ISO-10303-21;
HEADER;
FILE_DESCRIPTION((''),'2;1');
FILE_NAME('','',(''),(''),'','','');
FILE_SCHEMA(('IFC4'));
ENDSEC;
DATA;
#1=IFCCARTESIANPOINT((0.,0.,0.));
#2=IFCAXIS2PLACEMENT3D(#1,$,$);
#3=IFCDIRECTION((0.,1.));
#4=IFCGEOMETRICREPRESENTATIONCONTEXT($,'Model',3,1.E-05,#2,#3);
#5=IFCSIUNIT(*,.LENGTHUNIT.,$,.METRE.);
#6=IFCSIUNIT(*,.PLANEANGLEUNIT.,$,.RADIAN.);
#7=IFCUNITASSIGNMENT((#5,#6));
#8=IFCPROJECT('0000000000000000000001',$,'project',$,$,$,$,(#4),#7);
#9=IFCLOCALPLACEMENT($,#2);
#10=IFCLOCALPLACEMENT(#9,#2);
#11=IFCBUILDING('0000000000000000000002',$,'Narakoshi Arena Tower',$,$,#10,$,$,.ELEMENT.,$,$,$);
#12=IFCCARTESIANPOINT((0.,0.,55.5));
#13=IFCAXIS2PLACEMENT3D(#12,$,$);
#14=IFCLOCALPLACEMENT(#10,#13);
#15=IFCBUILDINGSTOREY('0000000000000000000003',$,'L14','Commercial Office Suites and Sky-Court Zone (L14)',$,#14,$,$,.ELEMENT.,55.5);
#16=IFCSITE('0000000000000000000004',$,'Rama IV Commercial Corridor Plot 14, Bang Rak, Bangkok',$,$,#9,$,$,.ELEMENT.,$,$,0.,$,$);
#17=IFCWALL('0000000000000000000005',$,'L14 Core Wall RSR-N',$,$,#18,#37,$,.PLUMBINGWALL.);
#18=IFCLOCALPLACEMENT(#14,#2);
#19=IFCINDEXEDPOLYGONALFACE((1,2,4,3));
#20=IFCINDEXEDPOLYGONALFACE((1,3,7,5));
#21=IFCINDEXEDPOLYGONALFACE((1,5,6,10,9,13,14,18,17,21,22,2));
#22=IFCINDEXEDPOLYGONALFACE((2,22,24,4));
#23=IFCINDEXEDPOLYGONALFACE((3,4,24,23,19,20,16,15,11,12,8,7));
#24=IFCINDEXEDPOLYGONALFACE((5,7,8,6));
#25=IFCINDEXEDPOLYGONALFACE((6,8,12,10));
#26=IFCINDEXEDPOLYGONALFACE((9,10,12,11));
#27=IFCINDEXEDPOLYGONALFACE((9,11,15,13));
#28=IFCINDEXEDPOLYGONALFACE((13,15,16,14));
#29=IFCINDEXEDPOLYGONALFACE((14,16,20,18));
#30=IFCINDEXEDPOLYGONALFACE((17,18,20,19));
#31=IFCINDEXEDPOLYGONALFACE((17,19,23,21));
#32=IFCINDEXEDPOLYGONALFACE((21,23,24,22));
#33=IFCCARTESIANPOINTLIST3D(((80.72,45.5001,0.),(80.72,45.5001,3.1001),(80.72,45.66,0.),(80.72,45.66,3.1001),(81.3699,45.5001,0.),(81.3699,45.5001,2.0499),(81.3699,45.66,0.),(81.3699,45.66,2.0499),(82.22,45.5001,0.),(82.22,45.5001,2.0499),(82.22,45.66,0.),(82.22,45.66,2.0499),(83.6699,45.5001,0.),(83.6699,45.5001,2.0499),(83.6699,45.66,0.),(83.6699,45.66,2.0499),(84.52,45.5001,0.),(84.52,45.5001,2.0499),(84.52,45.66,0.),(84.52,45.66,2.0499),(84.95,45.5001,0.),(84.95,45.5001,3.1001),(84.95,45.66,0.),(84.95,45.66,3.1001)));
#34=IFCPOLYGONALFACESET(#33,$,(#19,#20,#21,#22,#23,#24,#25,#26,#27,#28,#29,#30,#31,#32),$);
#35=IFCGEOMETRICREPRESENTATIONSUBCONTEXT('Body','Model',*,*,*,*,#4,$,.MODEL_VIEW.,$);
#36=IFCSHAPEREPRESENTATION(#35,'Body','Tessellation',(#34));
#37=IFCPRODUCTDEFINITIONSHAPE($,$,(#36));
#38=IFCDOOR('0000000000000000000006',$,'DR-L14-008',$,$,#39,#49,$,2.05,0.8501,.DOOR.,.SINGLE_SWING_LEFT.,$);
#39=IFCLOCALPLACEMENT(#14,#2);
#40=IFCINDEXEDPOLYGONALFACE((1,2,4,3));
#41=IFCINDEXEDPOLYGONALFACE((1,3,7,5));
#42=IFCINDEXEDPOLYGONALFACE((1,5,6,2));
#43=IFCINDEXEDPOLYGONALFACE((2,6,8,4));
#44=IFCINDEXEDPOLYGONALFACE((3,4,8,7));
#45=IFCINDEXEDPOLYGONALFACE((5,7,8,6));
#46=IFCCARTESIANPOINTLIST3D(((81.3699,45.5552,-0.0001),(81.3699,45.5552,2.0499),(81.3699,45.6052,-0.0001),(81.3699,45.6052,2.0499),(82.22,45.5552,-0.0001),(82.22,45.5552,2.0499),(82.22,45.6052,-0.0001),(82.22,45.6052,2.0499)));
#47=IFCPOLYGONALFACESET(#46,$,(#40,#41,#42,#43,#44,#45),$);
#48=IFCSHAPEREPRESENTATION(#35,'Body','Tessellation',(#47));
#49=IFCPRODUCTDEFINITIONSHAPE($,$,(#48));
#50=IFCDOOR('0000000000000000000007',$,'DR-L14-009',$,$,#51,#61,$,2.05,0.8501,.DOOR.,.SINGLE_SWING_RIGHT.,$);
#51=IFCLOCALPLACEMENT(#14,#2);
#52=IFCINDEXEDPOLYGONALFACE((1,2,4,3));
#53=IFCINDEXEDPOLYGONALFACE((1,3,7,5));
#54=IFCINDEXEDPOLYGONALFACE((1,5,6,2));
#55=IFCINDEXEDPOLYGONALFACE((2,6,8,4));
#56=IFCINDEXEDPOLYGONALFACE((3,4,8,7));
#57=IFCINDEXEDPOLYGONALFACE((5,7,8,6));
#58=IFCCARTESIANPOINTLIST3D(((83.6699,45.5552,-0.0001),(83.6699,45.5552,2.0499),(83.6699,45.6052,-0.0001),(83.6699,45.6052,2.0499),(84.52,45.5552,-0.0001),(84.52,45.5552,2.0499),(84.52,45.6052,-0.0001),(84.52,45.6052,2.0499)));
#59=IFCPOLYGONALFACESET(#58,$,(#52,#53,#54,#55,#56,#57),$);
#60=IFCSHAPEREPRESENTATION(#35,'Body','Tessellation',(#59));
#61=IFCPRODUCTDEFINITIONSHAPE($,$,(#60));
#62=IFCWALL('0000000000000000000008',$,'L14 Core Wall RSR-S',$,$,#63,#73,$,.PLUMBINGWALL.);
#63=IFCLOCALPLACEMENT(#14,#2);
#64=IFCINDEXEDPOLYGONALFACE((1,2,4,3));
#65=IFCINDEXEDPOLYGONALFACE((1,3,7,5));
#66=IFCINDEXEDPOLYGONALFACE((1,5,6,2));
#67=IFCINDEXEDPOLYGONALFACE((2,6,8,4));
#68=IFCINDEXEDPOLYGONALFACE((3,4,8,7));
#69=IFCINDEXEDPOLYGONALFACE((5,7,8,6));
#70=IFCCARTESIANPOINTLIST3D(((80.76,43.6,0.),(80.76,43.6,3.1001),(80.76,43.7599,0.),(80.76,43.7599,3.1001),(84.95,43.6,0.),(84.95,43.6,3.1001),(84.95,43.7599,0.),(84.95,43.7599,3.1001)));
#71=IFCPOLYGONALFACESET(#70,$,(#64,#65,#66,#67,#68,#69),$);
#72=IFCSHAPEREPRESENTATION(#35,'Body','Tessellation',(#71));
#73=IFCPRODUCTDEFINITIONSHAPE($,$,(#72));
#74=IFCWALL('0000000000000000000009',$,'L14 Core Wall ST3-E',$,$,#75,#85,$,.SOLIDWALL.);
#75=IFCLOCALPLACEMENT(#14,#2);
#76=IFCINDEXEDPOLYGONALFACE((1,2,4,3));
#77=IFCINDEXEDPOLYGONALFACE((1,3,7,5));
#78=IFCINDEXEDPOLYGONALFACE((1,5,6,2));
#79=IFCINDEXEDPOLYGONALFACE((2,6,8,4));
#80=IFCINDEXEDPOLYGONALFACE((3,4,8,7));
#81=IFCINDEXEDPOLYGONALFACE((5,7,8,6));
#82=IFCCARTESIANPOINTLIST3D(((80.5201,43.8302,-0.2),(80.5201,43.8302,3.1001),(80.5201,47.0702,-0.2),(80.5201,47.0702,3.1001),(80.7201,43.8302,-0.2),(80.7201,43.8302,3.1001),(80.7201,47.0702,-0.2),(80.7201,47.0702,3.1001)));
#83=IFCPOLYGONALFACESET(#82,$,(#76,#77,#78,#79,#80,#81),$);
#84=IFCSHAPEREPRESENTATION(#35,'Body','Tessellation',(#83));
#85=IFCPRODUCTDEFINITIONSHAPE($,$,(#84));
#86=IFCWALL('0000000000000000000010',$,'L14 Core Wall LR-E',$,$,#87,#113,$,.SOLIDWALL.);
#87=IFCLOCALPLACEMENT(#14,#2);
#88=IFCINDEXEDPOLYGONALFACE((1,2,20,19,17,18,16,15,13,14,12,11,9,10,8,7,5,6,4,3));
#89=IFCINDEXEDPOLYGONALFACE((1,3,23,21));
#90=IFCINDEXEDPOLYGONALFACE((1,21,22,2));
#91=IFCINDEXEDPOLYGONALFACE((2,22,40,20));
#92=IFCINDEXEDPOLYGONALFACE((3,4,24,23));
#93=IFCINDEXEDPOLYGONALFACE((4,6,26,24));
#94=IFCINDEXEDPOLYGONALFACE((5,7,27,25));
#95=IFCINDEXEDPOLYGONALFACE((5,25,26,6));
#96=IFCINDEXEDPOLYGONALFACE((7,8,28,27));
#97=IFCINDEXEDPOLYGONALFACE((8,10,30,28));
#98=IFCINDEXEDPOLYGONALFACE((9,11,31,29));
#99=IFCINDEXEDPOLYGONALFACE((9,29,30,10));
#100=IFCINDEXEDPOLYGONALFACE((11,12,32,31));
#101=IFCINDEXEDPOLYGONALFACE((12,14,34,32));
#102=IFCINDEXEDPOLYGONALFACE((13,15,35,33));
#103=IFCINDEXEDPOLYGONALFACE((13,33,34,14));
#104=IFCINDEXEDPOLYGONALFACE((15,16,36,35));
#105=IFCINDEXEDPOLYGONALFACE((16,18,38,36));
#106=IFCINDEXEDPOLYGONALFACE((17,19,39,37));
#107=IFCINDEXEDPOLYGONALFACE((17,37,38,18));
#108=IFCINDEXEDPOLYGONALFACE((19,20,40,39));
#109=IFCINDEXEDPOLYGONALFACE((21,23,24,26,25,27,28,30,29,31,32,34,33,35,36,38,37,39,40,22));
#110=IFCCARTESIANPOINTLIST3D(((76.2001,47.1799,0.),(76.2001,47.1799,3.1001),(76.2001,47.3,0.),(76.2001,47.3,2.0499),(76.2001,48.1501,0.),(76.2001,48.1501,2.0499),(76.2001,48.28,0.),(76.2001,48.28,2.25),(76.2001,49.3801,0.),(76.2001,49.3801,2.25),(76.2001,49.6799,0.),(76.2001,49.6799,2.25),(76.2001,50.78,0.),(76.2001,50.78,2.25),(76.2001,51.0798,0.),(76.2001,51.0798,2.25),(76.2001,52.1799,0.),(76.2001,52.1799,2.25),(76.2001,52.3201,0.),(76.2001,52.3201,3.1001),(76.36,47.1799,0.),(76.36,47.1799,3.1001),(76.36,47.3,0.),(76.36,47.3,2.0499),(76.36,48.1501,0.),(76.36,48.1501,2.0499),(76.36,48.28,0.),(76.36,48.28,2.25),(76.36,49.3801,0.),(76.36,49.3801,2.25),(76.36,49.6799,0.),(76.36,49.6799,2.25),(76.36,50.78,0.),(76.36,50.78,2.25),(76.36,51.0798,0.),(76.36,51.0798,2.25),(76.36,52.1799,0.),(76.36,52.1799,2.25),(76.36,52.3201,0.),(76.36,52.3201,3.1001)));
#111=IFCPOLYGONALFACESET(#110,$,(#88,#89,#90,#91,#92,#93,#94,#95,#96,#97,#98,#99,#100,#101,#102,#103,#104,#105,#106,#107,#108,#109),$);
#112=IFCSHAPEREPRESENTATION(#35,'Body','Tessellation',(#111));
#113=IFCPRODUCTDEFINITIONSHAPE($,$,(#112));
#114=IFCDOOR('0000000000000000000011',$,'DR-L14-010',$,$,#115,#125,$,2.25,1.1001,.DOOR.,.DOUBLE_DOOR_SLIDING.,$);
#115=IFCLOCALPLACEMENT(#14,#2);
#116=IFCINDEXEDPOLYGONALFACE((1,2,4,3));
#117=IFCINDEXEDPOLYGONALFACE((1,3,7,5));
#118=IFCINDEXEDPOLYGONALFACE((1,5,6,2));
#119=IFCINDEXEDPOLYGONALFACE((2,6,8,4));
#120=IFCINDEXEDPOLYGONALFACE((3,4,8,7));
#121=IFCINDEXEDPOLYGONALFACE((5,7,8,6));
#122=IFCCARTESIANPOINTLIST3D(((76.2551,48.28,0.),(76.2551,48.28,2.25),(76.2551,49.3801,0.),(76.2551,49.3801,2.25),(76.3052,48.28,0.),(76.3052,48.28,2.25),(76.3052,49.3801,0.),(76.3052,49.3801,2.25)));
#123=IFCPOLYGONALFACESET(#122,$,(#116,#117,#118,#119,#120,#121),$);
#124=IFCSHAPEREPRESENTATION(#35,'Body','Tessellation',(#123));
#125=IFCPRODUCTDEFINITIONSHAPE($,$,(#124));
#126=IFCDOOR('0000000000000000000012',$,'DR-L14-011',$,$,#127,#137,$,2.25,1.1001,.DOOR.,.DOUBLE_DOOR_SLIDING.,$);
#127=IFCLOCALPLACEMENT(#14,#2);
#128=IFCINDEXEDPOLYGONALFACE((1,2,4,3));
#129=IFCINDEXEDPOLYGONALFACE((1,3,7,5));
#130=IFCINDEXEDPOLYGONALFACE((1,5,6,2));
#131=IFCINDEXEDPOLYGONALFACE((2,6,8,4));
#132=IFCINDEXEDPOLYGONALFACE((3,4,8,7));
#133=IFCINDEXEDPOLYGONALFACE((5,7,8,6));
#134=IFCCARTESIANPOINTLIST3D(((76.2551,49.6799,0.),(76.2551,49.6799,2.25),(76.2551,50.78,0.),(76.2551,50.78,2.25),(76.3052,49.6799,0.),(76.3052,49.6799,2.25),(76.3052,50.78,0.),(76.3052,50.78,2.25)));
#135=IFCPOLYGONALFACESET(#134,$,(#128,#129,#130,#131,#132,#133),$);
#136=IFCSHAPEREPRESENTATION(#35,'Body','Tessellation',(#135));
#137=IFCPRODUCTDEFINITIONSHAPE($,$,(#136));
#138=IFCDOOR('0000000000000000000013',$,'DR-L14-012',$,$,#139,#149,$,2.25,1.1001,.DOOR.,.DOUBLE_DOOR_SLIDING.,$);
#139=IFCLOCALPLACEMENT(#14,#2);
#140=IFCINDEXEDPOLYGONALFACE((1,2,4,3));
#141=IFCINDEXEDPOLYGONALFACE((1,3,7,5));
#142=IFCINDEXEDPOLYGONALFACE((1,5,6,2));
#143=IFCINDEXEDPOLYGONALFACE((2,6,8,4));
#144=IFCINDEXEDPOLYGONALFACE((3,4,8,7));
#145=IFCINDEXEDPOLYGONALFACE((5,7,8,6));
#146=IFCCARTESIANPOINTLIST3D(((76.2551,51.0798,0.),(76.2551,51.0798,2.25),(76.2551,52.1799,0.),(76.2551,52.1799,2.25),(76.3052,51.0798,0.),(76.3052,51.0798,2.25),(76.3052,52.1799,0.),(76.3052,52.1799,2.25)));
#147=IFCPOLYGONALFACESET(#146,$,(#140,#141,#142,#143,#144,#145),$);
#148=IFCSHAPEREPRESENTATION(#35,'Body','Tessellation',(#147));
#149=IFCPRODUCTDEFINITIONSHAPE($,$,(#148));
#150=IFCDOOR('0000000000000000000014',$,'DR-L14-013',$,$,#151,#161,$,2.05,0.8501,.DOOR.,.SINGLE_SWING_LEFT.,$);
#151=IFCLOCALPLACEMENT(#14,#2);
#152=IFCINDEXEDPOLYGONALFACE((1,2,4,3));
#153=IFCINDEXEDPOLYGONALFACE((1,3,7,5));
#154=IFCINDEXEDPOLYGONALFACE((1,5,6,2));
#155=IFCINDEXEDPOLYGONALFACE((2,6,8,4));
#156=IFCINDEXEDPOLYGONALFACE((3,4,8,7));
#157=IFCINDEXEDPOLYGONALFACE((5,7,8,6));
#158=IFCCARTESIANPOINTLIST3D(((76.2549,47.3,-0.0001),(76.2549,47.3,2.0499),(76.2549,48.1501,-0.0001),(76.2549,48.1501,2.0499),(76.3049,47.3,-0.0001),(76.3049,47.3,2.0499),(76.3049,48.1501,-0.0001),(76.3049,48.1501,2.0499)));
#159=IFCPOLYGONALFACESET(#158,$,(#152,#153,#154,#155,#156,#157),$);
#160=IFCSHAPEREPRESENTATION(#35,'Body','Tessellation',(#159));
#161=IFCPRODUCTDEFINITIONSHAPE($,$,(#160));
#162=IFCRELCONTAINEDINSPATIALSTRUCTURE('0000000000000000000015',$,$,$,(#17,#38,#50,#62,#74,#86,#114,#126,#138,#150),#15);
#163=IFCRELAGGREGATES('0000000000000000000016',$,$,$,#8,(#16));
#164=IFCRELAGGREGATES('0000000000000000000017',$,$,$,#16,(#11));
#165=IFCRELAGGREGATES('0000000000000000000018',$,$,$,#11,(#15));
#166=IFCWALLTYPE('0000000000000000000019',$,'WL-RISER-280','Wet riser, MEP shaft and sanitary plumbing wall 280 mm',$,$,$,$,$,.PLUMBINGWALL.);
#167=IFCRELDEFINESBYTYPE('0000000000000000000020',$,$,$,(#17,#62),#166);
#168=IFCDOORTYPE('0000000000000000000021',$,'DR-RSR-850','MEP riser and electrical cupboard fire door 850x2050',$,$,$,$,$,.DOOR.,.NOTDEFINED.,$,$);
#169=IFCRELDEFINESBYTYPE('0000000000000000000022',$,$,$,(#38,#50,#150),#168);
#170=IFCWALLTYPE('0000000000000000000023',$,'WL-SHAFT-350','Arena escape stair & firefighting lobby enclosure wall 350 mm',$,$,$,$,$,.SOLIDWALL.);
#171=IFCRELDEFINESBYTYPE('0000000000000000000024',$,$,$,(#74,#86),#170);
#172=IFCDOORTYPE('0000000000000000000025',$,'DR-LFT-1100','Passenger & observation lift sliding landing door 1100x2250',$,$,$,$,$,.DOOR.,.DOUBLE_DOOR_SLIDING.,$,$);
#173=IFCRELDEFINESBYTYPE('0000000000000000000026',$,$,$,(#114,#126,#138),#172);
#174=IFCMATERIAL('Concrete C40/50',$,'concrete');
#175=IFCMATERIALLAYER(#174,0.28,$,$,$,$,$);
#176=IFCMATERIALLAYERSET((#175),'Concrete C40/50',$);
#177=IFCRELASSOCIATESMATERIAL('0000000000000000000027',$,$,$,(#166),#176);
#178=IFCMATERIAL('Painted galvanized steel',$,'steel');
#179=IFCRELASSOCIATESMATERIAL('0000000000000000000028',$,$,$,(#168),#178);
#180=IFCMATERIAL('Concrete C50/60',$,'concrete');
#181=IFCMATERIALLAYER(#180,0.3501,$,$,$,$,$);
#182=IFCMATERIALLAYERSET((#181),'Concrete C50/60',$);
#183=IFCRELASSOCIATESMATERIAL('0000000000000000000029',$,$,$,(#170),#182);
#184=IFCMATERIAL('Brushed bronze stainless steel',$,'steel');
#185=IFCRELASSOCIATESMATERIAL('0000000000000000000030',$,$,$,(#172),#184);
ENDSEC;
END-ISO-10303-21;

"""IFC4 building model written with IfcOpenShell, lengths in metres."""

from ifc_helpers import new_model, si_unit, direction, frame, frame_2d, origin, place, context, subcontext, project, spatial, rectangle, extrude, material, layer, layer_set, type_object, element, fill, save


model = new_model("IFC4")

# Units and contexts
model_context = context("Model", 3, precision=1e-05, world=origin(), true_north=direction((0.0, 1.0)))
body_context = subcontext(model_context, "Body", "Model", "MODEL_VIEW")
ifc_project = project(units=[si_unit("LENGTHUNIT", "METRE"), si_unit("PLANEANGLEUNIT", "RADIAN")], contexts=[model_context])

# Site, building, storey
site_placement = place(None, origin())
site = spatial("IfcSite", under=ifc_project, at=site_placement, Name="Rama IV Commercial Corridor Plot 14, Bang Rak, Bangkok", CompositionType="ELEMENT", RefElevation=0.0)
building_placement = place(site_placement, origin())
building = spatial("IfcBuilding", under=site, at=building_placement, Name="Narakoshi Arena Tower", CompositionType="ELEMENT")
storey_placement = place(building_placement, frame((0.0, 0.0, 55.5)))
storey = spatial("IfcBuildingStorey", under=building, at=storey_placement, Name="L14", Description="Commercial Office Suites and Sky-Court Zone (L14)", CompositionType="ELEMENT", Elevation=55.5)

# Wall, openings, doors
ifc_material_1 = material(Name="Concrete C40/50", Category="concrete")
ifc_layer_1 = layer(ifc_material_1, 0.28)
ifc_layer_set_1 = layer_set([ifc_layer_1], Name="Concrete C40/50")
wall_type_1 = type_object("IfcWallType", Name="WL-RISER-280", Description="Wet riser, MEP shaft and sanitary plumbing wall 280 mm", PredefinedType="PLUMBINGWALL", material=ifc_layer_set_1)
wall_1_placement = place(storey_placement, frame((80.72, 45.5801, 0.0), z_axis=(0.0, 0.0, 1.0), x_axis=(1.0, 0.0, 0.0)))
wall_1 = element("IfcWall", 1, at=wall_1_placement, inside=storey, type_object=wall_type_1, Name="L14 Core Wall RSR-N", PredefinedType="PLUMBINGWALL", context=body_context, shape_type="SweptSolid", body=[
    extrude(rectangle(XDim=4.23, YDim=0.1599, at=frame_2d((2.115, 0.0))), origin(), (0.0, 0.0, 1.0), 3.1001),
])
opening_1_placement = place(wall_1_placement, frame((0.6499, 0.0, 0.0)))
opening_1 = element("IfcOpeningElement", 2, at=opening_1_placement, cuts=wall_1, PredefinedType="OPENING", context=body_context, shape_type="SweptSolid", body=[
    extrude(rectangle(XDim=0.8501, YDim=2.05, at=frame_2d((0.425, 1.0249))), frame((0.0, 0.0898, 0.0), z_axis=(0.0, -1.0, 0.0), x_axis=(1.0, 0.0, 0.0)), (0.0, 0.0, 1.0), 0.1799),
])
opening_2_placement = place(wall_1_placement, frame((2.95, 0.0, 0.0)))
opening_2 = element("IfcOpeningElement", 3, at=opening_2_placement, cuts=wall_1, PredefinedType="OPENING", context=body_context, shape_type="SweptSolid", body=[
    extrude(rectangle(XDim=0.8501, YDim=2.05, at=frame_2d((0.425, 1.0249))), frame((0.0, 0.0898, 0.0), z_axis=(0.0, -1.0, 0.0), x_axis=(1.0, 0.0, 0.0)), (0.0, 0.0, 1.0), 0.1799),
])
ifc_material_2 = material(Name="Painted galvanized steel", Category="steel")
door_type_1 = type_object("IfcDoorType", Name="DR-RSR-850", Description="MEP riser and electrical cupboard fire door 850x2050", OperationType="NOTDEFINED", PredefinedType="DOOR", material=ifc_material_2)
door_1_placement = place(opening_1_placement, frame((0.8501, 0.0, 0.0), z_axis=(0.0, 0.0, 1.0), x_axis=(-1.0, 0.0, 0.0)))
door_1 = element("IfcDoor", 4, at=door_1_placement, inside=storey, type_object=door_type_1, Name="DR-L14-008", OperationType="SINGLE_SWING_LEFT", OverallHeight=2.05, OverallWidth=0.8501, PredefinedType="DOOR", context=body_context, shape_type="SweptSolid", body=[
    extrude(rectangle(XDim=0.8501, YDim=2.05, at=frame_2d((0.425, 1.0249))), frame((0.0, 0.0249, 0.0), z_axis=(0.0, -1.0, 0.0), x_axis=(1.0, 0.0, 0.0)), (0.0, 0.0, 1.0), 0.05),
])
fill(opening_1, door_1)
door_2_placement = place(opening_2_placement, frame((0.8501, 0.0, 0.0), z_axis=(0.0, 0.0, 1.0), x_axis=(-1.0, 0.0, 0.0)))
door_2 = element("IfcDoor", 5, at=door_2_placement, inside=storey, type_object=door_type_1, Name="DR-L14-009", OperationType="SINGLE_SWING_RIGHT", OverallHeight=2.05, OverallWidth=0.8501, PredefinedType="DOOR", context=body_context, shape_type="SweptSolid", body=[
    extrude(rectangle(XDim=0.8501, YDim=2.05, at=frame_2d((0.425, 1.0249))), frame((0.0, 0.0249, 0.0), z_axis=(0.0, -1.0, 0.0), x_axis=(1.0, 0.0, 0.0)), (0.0, 0.0, 1.0), 0.05),
])
fill(opening_2, door_2)

# Walls
wall_2_placement = place(storey_placement, frame((80.76, 43.6799, 0.0), z_axis=(0.0, 0.0, 1.0), x_axis=(1.0, 0.0, 0.0)))
element("IfcWall", 6, at=wall_2_placement, inside=storey, type_object=wall_type_1, Name="L14 Core Wall RSR-S", PredefinedType="PLUMBINGWALL", context=body_context, shape_type="SweptSolid", body=[
    extrude(rectangle(XDim=4.1899, YDim=0.1599, at=frame_2d((2.095, 0.0))), origin(), (0.0, 0.0, 1.0), 3.1001),
])
ifc_material_3 = material(Name="Concrete C50/60", Category="concrete")
ifc_layer_2 = layer(ifc_material_3, 0.3501)
ifc_layer_set_2 = layer_set([ifc_layer_2], Name="Concrete C50/60")
wall_type_2 = type_object("IfcWallType", Name="WL-SHAFT-350", Description="Arena escape stair & firefighting lobby enclosure wall 350 mm", PredefinedType="SOLIDWALL", material=ifc_layer_set_2)
wall_3_placement = place(storey_placement, frame((80.6201, 43.8301, -0.2), z_axis=(0.0, 0.0, 1.0), x_axis=(0.0, 1.0, 0.0)))
element("IfcWall", 7, at=wall_3_placement, inside=storey, type_object=wall_type_2, Name="L14 Core Wall ST3-E", PredefinedType="SOLIDWALL", context=body_context, shape_type="SweptSolid", body=[
    extrude(rectangle(XDim=3.24, YDim=0.2, at=frame_2d((1.6201, 0.0))), origin(), (0.0, 0.0, 1.0), 3.3),
])

# Wall, openings, doors
wall_4_placement = place(storey_placement, frame((76.28, 47.1799, 0.0), z_axis=(0.0, 0.0, 1.0), x_axis=(0.0, 1.0, 0.0)))
wall_4 = element("IfcWall", 8, at=wall_4_placement, inside=storey, type_object=wall_type_2, Name="L14 Core Wall LR-E", PredefinedType="SOLIDWALL", context=body_context, shape_type="SweptSolid", body=[
    extrude(rectangle(XDim=5.1401, YDim=0.1599, at=frame_2d((2.5701, 0.0))), origin(), (0.0, 0.0, 1.0), 3.1001),
])
opening_3_placement = place(wall_4_placement, frame((1.1001, 0.0, 0.0)))
opening_3 = element("IfcOpeningElement", 9, at=opening_3_placement, cuts=wall_4, PredefinedType="OPENING", context=body_context, shape_type="SweptSolid", body=[
    extrude(rectangle(XDim=1.1001, YDim=2.25, at=frame_2d((0.55, 1.125))), frame((0.0, 0.0898, 0.0), z_axis=(0.0, -1.0, 0.0), x_axis=(1.0, 0.0, 0.0)), (0.0, 0.0, 1.0), 0.1799),
])
opening_4_placement = place(wall_4_placement, frame((2.5, 0.0, 0.0)))
opening_4 = element("IfcOpeningElement", 10, at=opening_4_placement, cuts=wall_4, PredefinedType="OPENING", context=body_context, shape_type="SweptSolid", body=[
    extrude(rectangle(XDim=1.1001, YDim=2.25, at=frame_2d((0.55, 1.125))), frame((0.0, 0.0898, 0.0), z_axis=(0.0, -1.0, 0.0), x_axis=(1.0, 0.0, 0.0)), (0.0, 0.0, 1.0), 0.1799),
])
opening_5_placement = place(wall_4_placement, frame((3.8999, 0.0, 0.0)))
opening_5 = element("IfcOpeningElement", 11, at=opening_5_placement, cuts=wall_4, PredefinedType="OPENING", context=body_context, shape_type="SweptSolid", body=[
    extrude(rectangle(XDim=1.1001, YDim=2.25, at=frame_2d((0.55, 1.125))), frame((0.0, 0.0898, 0.0), z_axis=(0.0, -1.0, 0.0), x_axis=(1.0, 0.0, 0.0)), (0.0, 0.0, 1.0), 0.1799),
])
opening_6_placement = place(wall_4_placement, frame((0.1201, 0.0, 0.0)))
opening_6 = element("IfcOpeningElement", 12, at=opening_6_placement, cuts=wall_4, PredefinedType="OPENING", context=body_context, shape_type="SweptSolid", body=[
    extrude(rectangle(XDim=0.8501, YDim=2.05, at=frame_2d((0.425, 1.0249))), frame((0.0, 0.0898, 0.0), z_axis=(0.0, -1.0, 0.0), x_axis=(1.0, 0.0, 0.0)), (0.0, 0.0, 1.0), 0.1799),
])
ifc_material_4 = material(Name="Brushed bronze stainless steel", Category="steel")
door_type_2 = type_object("IfcDoorType", Name="DR-LFT-1100", Description="Passenger & observation lift sliding landing door 1100x2250", OperationType="DOUBLE_DOOR_SLIDING", PredefinedType="DOOR", material=ifc_material_4)
door_3_placement = place(opening_3_placement, origin())
door_3 = element("IfcDoor", 13, at=door_3_placement, inside=storey, type_object=door_type_2, Name="DR-L14-010", OperationType="DOUBLE_DOOR_SLIDING", OverallHeight=2.25, OverallWidth=1.1001, PredefinedType="DOOR", context=body_context, shape_type="SweptSolid", body=[
    extrude(rectangle(XDim=1.1001, YDim=2.25, at=frame_2d((0.55, 1.125))), frame((0.0, 0.0249, 0.0), z_axis=(0.0, -1.0, 0.0), x_axis=(1.0, 0.0, 0.0)), (0.0, 0.0, 1.0), 0.05),
])
fill(opening_3, door_3)
door_4_placement = place(opening_4_placement, origin())
door_4 = element("IfcDoor", 14, at=door_4_placement, inside=storey, type_object=door_type_2, Name="DR-L14-011", OperationType="DOUBLE_DOOR_SLIDING", OverallHeight=2.25, OverallWidth=1.1001, PredefinedType="DOOR", context=body_context, shape_type="SweptSolid", body=[
    extrude(rectangle(XDim=1.1001, YDim=2.25, at=frame_2d((0.55, 1.125))), frame((0.0, 0.0249, 0.0), z_axis=(0.0, -1.0, 0.0), x_axis=(1.0, 0.0, 0.0)), (0.0, 0.0, 1.0), 0.05),
])
fill(opening_4, door_4)
door_5_placement = place(opening_5_placement, origin())
door_5 = element("IfcDoor", 15, at=door_5_placement, inside=storey, type_object=door_type_2, Name="DR-L14-012", OperationType="DOUBLE_DOOR_SLIDING", OverallHeight=2.25, OverallWidth=1.1001, PredefinedType="DOOR", context=body_context, shape_type="SweptSolid", body=[
    extrude(rectangle(XDim=1.1001, YDim=2.25, at=frame_2d((0.55, 1.125))), frame((0.0, 0.0249, 0.0), z_axis=(0.0, -1.0, 0.0), x_axis=(1.0, 0.0, 0.0)), (0.0, 0.0, 1.0), 0.05),
])
fill(opening_5, door_5)
door_6_placement = place(opening_6_placement, frame((0.8501, 0.0, 0.0), z_axis=(0.0, 0.0, 1.0), x_axis=(-1.0, 0.0, 0.0)))
door_6 = element("IfcDoor", 16, at=door_6_placement, inside=storey, type_object=door_type_1, Name="DR-L14-013", OperationType="SINGLE_SWING_LEFT", OverallHeight=2.05, OverallWidth=0.8501, PredefinedType="DOOR", context=body_context, shape_type="SweptSolid", body=[
    extrude(rectangle(XDim=0.8501, YDim=2.05, at=frame_2d((0.425, 1.0249))), frame((0.0, 0.0249, 0.0), z_axis=(0.0, -1.0, 0.0), x_axis=(1.0, 0.0, 0.0)), (0.0, 0.0, 1.0), 0.05),
])
fill(opening_6, door_6)

save(model, "model.ifc")
